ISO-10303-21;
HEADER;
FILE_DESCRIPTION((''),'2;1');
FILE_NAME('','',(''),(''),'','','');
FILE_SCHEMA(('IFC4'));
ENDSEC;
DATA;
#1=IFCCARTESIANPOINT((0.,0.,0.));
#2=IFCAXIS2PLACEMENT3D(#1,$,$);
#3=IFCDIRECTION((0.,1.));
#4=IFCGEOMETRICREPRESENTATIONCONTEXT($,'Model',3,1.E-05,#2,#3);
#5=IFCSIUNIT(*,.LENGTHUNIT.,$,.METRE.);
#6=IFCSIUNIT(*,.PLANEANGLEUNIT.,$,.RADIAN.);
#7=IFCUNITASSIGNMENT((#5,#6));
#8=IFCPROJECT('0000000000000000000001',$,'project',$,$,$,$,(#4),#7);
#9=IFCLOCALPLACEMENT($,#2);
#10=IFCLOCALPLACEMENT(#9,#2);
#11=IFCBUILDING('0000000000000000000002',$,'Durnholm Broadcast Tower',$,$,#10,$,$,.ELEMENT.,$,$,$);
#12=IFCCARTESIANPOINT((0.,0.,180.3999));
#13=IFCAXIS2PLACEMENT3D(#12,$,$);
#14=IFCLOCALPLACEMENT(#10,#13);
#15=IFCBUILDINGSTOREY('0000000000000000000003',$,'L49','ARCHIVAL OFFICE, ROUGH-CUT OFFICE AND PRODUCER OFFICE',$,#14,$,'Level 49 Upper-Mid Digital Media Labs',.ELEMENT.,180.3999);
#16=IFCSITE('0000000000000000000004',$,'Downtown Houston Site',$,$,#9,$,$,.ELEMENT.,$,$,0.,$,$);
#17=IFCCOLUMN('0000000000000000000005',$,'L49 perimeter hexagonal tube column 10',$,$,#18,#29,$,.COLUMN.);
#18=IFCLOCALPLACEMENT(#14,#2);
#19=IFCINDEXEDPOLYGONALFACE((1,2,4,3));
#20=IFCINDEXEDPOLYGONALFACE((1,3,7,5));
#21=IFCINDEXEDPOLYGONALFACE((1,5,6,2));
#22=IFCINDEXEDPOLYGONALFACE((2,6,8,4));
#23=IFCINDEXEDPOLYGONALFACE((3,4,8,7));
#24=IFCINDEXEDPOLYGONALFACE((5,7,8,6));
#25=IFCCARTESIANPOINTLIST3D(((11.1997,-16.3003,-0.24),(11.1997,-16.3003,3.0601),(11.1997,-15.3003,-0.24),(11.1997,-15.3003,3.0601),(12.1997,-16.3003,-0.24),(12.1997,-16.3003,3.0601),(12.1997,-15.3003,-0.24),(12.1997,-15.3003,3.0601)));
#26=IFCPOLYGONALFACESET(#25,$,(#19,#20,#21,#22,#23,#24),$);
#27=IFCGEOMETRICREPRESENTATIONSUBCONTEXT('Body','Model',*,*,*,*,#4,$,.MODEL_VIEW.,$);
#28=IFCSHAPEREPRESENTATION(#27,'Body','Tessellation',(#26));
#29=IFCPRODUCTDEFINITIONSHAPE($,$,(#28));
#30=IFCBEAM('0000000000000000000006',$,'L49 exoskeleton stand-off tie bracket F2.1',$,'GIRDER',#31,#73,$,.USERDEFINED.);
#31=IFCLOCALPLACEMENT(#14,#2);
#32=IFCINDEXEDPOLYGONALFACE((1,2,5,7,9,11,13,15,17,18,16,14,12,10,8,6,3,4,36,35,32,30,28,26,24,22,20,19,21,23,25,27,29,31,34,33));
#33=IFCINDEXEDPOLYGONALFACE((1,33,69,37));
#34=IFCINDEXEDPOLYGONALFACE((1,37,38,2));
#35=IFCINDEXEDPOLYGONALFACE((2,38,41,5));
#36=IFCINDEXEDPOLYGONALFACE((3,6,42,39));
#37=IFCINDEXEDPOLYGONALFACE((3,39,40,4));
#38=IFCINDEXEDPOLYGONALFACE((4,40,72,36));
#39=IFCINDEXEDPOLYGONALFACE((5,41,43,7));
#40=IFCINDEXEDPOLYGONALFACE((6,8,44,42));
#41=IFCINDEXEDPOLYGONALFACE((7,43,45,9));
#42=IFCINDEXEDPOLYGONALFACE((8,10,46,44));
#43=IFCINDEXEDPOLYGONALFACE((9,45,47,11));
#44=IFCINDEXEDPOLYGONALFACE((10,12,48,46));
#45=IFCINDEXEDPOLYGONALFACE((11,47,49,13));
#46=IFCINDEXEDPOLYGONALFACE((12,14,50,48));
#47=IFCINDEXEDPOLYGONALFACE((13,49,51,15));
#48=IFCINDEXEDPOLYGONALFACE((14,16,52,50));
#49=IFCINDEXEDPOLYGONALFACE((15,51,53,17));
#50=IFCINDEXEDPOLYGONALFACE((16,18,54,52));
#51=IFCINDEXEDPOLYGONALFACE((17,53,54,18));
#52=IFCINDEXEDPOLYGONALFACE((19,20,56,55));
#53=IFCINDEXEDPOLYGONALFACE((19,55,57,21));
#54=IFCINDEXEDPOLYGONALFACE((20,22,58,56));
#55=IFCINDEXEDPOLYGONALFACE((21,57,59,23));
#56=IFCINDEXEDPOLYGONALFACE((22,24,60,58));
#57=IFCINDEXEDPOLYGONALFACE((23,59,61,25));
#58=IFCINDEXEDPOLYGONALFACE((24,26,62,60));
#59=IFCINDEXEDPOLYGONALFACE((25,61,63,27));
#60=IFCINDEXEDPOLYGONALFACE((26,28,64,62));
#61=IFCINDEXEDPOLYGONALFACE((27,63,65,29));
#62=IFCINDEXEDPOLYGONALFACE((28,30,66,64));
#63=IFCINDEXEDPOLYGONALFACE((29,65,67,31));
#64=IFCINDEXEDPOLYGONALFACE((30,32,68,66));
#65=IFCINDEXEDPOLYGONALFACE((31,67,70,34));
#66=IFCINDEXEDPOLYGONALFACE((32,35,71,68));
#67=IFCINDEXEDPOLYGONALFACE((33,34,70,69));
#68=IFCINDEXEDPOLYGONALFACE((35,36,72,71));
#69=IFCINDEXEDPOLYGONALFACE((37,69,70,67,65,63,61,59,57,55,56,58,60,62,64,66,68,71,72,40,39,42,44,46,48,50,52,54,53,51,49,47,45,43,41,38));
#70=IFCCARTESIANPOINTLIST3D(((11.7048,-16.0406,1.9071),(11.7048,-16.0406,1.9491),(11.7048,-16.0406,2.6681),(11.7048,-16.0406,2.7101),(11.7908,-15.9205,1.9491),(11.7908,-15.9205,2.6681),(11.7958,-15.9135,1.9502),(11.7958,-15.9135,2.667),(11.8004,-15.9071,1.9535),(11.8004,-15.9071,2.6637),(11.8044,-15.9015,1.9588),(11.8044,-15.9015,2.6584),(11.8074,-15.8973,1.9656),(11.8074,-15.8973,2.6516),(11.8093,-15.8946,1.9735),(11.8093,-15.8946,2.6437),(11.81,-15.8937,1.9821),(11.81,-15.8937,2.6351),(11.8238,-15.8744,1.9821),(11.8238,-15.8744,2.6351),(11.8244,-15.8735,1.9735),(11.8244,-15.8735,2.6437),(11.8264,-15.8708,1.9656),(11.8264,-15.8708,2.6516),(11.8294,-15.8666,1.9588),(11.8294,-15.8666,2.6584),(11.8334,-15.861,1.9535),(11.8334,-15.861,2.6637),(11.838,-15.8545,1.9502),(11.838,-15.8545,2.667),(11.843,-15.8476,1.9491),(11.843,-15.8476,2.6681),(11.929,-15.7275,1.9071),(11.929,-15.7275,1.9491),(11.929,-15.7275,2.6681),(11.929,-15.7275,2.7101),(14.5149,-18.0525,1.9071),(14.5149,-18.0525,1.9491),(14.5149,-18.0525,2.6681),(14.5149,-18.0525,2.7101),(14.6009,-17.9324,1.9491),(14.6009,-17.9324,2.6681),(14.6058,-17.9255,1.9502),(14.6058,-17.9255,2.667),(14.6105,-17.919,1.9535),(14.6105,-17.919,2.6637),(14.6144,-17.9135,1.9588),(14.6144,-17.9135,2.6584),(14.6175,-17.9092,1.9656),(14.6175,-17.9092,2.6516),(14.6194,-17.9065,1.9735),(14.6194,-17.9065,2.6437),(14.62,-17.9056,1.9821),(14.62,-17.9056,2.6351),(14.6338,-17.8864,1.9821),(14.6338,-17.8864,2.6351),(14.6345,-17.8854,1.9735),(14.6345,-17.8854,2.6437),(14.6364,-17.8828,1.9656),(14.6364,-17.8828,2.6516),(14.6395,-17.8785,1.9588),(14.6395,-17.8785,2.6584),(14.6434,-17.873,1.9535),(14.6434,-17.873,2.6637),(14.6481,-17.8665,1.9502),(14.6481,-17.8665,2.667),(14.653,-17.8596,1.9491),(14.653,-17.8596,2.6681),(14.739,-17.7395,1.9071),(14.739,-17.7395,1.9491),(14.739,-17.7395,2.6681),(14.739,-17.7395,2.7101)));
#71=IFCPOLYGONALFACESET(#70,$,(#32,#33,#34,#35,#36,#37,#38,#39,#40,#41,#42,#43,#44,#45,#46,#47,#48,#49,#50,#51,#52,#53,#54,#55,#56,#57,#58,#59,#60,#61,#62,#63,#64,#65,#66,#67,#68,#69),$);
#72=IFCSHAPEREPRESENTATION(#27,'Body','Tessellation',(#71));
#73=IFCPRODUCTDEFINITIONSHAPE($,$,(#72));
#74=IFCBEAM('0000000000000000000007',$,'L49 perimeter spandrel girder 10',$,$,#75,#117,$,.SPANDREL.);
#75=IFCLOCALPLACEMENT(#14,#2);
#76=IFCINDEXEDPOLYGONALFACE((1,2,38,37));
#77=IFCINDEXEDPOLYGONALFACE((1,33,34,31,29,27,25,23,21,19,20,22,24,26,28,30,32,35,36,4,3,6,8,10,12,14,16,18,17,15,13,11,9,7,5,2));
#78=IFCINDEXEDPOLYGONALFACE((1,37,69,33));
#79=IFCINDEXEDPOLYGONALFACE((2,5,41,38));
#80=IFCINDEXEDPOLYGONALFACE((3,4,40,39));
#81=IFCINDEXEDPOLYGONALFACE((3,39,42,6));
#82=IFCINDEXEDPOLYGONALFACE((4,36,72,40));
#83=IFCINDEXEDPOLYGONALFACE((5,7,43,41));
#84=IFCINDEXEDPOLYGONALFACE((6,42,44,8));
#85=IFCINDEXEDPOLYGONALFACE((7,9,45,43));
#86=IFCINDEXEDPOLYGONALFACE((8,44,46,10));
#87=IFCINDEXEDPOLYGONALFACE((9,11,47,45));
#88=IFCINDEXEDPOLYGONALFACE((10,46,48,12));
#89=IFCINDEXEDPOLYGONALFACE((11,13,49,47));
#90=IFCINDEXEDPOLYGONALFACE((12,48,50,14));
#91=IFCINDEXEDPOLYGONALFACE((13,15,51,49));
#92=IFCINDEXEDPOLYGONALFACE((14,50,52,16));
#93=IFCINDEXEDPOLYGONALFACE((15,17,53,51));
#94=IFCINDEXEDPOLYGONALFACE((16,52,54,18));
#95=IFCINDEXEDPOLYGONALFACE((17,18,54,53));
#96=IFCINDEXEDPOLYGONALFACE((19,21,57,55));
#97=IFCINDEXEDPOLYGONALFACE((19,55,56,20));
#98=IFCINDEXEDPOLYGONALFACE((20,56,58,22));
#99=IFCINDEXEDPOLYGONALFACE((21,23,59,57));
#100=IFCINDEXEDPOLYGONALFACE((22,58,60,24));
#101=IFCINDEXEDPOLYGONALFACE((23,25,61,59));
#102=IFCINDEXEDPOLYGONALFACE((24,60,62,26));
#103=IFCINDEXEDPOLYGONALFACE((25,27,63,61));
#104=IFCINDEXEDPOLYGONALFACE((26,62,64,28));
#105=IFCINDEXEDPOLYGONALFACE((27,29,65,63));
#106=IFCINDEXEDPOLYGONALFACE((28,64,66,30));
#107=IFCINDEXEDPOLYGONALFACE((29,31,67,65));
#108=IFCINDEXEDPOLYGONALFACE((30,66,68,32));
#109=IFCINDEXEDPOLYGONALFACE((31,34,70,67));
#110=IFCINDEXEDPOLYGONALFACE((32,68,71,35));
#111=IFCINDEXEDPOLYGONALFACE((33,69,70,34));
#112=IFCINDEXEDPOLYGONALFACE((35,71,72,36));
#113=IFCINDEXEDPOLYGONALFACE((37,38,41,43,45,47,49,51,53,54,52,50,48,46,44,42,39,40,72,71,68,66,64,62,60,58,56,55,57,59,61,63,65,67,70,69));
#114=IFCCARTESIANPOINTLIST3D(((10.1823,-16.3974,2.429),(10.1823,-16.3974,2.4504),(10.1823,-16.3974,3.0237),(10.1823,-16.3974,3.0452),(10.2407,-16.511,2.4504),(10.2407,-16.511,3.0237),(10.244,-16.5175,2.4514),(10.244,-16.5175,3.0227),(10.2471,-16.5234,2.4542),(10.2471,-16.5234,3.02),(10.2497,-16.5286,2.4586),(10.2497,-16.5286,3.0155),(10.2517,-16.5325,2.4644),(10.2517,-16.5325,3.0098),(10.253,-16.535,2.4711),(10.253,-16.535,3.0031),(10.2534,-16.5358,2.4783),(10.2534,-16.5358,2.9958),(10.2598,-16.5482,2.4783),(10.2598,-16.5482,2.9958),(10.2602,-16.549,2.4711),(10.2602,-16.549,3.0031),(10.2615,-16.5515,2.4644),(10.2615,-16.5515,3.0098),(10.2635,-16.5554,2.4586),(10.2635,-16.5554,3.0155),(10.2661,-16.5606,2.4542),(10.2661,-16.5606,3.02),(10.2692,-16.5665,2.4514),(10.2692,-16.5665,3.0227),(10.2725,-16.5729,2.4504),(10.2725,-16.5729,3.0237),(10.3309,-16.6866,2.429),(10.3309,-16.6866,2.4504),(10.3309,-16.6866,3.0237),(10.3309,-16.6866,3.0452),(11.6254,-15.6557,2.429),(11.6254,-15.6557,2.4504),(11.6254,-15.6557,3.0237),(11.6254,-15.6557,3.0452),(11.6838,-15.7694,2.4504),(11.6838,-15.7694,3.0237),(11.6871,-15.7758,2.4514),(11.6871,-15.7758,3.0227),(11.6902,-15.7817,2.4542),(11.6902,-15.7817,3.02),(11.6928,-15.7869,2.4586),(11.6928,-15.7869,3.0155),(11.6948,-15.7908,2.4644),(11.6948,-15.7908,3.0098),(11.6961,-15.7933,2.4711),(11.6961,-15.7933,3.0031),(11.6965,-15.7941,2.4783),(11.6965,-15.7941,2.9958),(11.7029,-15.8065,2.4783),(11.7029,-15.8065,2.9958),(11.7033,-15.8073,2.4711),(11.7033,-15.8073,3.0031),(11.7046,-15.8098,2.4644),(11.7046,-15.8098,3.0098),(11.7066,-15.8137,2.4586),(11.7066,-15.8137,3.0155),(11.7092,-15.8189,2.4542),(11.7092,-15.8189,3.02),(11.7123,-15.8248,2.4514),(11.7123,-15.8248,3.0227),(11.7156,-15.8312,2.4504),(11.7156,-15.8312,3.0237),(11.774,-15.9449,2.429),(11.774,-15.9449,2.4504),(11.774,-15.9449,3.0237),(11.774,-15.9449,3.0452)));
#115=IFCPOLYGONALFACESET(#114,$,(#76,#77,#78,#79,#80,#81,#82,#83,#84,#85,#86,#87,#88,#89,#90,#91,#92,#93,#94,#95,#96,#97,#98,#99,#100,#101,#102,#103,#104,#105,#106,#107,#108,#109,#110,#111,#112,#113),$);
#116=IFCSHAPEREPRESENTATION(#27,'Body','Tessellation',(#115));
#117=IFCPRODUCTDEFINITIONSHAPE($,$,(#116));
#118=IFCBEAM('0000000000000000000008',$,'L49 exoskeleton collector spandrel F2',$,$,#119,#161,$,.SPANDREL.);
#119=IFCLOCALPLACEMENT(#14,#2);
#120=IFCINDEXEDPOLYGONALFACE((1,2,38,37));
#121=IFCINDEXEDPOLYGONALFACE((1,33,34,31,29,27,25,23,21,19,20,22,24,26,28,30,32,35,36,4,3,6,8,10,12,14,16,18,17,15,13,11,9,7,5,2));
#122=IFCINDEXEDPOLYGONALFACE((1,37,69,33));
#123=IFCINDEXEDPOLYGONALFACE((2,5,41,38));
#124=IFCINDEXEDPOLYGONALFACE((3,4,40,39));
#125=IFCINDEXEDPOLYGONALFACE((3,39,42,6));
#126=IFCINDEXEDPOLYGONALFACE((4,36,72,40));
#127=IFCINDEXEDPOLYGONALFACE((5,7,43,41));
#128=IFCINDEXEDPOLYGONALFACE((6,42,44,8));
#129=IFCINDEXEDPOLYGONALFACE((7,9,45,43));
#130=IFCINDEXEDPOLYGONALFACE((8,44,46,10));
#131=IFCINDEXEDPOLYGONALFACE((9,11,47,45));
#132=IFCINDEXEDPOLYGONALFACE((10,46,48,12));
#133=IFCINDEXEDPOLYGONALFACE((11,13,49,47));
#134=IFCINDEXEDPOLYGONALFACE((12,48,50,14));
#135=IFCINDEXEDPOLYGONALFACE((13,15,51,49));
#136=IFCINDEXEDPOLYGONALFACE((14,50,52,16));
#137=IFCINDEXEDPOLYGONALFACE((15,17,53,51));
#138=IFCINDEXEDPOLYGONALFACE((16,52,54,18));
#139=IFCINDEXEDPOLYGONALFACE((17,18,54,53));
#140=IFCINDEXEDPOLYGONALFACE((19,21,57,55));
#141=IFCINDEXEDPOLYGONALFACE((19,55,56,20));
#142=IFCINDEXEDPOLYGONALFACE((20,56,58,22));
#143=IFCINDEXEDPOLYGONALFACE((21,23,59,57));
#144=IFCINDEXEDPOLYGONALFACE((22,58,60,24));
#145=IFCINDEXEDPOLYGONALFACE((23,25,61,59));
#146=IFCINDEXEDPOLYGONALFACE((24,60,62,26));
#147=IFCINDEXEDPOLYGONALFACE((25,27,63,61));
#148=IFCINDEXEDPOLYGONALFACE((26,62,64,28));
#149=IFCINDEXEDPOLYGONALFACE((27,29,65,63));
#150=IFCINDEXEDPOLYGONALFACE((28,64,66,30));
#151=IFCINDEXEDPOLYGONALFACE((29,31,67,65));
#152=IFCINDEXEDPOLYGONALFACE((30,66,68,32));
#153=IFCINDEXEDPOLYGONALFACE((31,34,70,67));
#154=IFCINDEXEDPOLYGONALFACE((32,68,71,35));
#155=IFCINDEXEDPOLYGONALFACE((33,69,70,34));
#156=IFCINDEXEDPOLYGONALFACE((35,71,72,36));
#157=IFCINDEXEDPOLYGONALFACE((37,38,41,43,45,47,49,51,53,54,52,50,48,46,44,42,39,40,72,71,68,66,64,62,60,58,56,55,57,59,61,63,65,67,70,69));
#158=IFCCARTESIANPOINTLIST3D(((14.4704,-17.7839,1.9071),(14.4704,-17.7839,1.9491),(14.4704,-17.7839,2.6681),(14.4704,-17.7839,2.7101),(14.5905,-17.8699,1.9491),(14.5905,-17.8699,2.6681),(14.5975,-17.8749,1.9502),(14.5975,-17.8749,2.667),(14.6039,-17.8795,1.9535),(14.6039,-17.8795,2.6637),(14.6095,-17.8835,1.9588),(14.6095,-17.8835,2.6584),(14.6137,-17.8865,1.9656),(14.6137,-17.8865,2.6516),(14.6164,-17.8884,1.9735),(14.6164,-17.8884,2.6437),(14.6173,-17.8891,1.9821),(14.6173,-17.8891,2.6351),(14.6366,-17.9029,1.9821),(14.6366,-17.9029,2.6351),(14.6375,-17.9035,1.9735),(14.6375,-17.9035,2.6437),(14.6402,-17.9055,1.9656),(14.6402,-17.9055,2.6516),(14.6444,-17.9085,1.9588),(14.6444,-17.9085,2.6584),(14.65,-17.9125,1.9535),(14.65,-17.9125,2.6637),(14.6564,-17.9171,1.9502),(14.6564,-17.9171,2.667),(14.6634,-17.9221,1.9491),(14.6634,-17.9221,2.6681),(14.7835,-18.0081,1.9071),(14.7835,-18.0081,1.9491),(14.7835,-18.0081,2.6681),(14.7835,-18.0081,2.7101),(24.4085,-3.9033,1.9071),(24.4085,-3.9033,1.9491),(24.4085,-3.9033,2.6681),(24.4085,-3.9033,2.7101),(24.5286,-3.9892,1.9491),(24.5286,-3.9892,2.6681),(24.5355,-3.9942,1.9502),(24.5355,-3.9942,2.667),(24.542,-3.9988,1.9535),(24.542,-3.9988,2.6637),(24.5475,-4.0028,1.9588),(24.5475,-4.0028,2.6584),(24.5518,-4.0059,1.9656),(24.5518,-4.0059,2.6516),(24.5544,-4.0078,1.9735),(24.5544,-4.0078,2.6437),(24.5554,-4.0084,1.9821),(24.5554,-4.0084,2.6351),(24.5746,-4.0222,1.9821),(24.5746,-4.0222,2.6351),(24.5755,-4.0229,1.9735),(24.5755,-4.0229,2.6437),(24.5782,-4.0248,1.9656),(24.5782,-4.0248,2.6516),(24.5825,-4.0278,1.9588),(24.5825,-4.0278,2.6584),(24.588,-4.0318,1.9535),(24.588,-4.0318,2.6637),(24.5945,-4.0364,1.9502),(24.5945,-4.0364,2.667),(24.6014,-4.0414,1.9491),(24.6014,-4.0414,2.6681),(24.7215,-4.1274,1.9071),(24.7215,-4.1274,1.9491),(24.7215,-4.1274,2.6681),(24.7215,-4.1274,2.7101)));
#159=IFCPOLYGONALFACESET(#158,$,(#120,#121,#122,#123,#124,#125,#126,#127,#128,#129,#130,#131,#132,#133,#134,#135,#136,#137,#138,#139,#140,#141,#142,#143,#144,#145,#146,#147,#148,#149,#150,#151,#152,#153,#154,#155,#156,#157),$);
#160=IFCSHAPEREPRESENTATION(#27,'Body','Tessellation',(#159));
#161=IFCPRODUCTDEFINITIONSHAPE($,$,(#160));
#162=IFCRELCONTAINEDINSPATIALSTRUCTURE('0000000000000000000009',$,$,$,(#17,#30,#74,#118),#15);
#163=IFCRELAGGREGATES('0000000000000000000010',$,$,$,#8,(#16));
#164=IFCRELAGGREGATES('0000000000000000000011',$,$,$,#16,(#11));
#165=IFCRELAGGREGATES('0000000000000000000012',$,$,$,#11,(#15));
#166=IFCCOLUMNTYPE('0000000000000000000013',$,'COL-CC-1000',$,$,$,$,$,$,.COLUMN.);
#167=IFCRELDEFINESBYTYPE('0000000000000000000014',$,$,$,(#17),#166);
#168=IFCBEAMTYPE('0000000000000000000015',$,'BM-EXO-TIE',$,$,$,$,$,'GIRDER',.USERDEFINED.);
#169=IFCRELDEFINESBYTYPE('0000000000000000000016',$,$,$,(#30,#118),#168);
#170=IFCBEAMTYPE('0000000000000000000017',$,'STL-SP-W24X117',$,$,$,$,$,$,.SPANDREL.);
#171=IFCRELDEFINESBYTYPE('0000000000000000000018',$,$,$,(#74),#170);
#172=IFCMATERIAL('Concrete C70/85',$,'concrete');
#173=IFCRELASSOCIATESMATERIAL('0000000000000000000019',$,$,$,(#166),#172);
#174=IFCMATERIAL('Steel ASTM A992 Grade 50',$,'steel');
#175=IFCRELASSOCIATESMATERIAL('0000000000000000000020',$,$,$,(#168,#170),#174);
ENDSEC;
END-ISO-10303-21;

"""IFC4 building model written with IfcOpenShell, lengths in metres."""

from ifc_helpers import new_model, si_unit, direction, frame, origin, origin_2d, place, context, subcontext, project, spatial, rectangle, i_section, extrude, source, transform, mapped, material, material_profile, profile_set, type_object, type_shapes, element, save


model = new_model("IFC4")

# Units and contexts
model_context = context("Model", 3, precision=1e-05, world=origin(), true_north=direction((0.0, 1.0)))
body_context = subcontext(model_context, "Body", "Model", "MODEL_VIEW")
ifc_project = project(units=[si_unit("LENGTHUNIT", "METRE"), si_unit("PLANEANGLEUNIT", "RADIAN")], contexts=[model_context])

# Site, building, storey
site_placement = place(None, origin())
site = spatial("IfcSite", under=ifc_project, at=site_placement, Name="Downtown Houston Site", CompositionType="ELEMENT", RefElevation=0.0)
building_placement = place(site_placement, origin())
building = spatial("IfcBuilding", under=site, at=building_placement, Name="Durnholm Broadcast Tower", CompositionType="ELEMENT")
storey_placement = place(building_placement, frame((0.0, 0.0, 180.3999)))
storey = spatial("IfcBuildingStorey", under=building, at=storey_placement, Name="L49", Description="ARCHIVAL OFFICE, ROUGH-CUT OFFICE AND PRODUCER OFFICE", LongName="Level 49 Upper-Mid Digital Media Labs", CompositionType="ELEMENT", Elevation=180.3999)

# Column
ifc_material_1 = material(Name="Concrete C70/85", Category="concrete")
ifc_material_profile_1 = material_profile(ifc_material_1, rectangle(XDim=1.0, YDim=1.0, at=origin_2d()), Name="RC1000X1000")
ifc_profile_set_1 = profile_set([ifc_material_profile_1], Name="Concrete C70/85")
column_type = type_object("IfcColumnType", Name="COL-CC-1000", PredefinedType="COLUMN", material=ifc_profile_set_1)
shared_shape_1 = source(origin(), body_context, "Body", "SweptSolid", [
    extrude(rectangle(XDim=1.0, YDim=1.0, at=origin_2d()), origin(), (0.0, 0.0, 1.0), 3.3),
])
type_shapes(column_type, [shared_shape_1])
column_placement = place(storey_placement, frame((11.6997, -15.8003, -0.24), z_axis=(0.0, 0.0, 1.0), x_axis=(1.0, 0.0, 0.0)))
element("IfcColumn", 1, at=column_placement, inside=storey, type_object=column_type, Name="L49 perimeter hexagonal tube column 10", PredefinedType="COLUMN", context=body_context, shape_type="MappedRepresentation", body=[
    mapped(shared_shape_1, transform((0.0, 0.0, 0.0), x_axis=(1.0, 0.0, 0.0), y_axis=(0.0, 1.0, 0.0), z_axis=(0.0, 0.0, 1.0), scale=1.0)),
])

# Beams
ifc_material_2 = material(Name="Steel ASTM A992 Grade 50", Category="steel")
ifc_material_profile_2 = material_profile(ifc_material_2, i_section(OverallWidth=0.385, OverallDepth=0.803, WebThickness=0.0237, FlangeThickness=0.042, FilletRadius=0.033, at=origin_2d()), Name="W30X261")
ifc_profile_set_2 = profile_set([ifc_material_profile_2], Name="Steel ASTM A992 Grade 50")
beam_type_1 = type_object("IfcBeamType", Name="BM-EXO-TIE", ElementType="GIRDER", PredefinedType="USERDEFINED", material=ifc_profile_set_2)
shared_shape_2 = source(origin(), body_context, "Body", "SweptSolid", [
    extrude(i_section(OverallWidth=0.385, OverallDepth=0.803, WebThickness=0.0237, FlangeThickness=0.042, FilletRadius=0.033, at=origin_2d()), origin(), (0.0, 0.0, 1.0), 3.4561),
])
beam_1_placement = place(storey_placement, frame((11.8169, -15.884, 2.3086), z_axis=(0.813079, -0.582153, 0.0), x_axis=(0.582153, 0.813079, 0.0)))
element("IfcBeam", 2, at=beam_1_placement, inside=storey, type_object=beam_type_1, Name="L49 exoskeleton stand-off tie bracket F2.1", ObjectType="GIRDER", PredefinedType="USERDEFINED", context=body_context, shape_type="MappedRepresentation", body=[
    mapped(shared_shape_2, transform((0.0, 0.0, 0.0), x_axis=(1.0, 0.0, 0.0), y_axis=(0.0, 1.0, 0.0), z_axis=(0.0, 0.0, 1.0), scale=1.0)),
])
ifc_material_profile_3 = material_profile(ifc_material_2, i_section(OverallWidth=0.3252, OverallDepth=0.6162, WebThickness=0.0139, FlangeThickness=0.0215, FilletRadius=0.0278, at=origin_2d()), Name="W24X117")
ifc_profile_set_3 = profile_set([ifc_material_profile_3], Name="Steel ASTM A992 Grade 50")
beam_type_2 = type_object("IfcBeamType", Name="STL-SP-W24X117", PredefinedType="SPANDREL", material=ifc_profile_set_3)
shared_shape_3 = source(origin(), body_context, "Body", "SweptSolid", [
    extrude(i_section(OverallWidth=0.3252, OverallDepth=0.6162, WebThickness=0.0139, FlangeThickness=0.0215, FilletRadius=0.0278, at=origin_2d()), origin(), (0.0, 0.0, 1.0), 1.6226),
])
type_shapes(beam_type_2, [shared_shape_3])
beam_2_placement = place(storey_placement, frame((11.6997, -15.8003, 2.7371), z_axis=(-0.889407, -0.457117, 0.0), x_axis=(0.457117, -0.889407, 0.0)))
element("IfcBeam", 3, at=beam_2_placement, inside=storey, type_object=beam_type_2, Name="L49 perimeter spandrel girder 10", PredefinedType="SPANDREL", context=body_context, shape_type="MappedRepresentation", body=[
    mapped(shared_shape_3, transform((0.0, 0.0, 0.0), x_axis=(1.0, 0.0, 0.0), y_axis=(0.0, 1.0, 0.0), z_axis=(0.0, 0.0, 1.0), scale=1.0)),
])
shared_shape_4 = source(origin(), body_context, "Body", "SweptSolid", [
    extrude(i_section(OverallWidth=0.385, OverallDepth=0.803, WebThickness=0.0237, FlangeThickness=0.042, FilletRadius=0.033, at=origin_2d()), origin(), (0.0, 0.0, 1.0), 17.0715),
])
type_shapes(beam_type_1, [shared_shape_2, shared_shape_4])
beam_3_placement = place(storey_placement, frame((14.627, -17.896, 2.3086), z_axis=(0.58214, 0.813088, 0.0), x_axis=(-0.813088, 0.58214, 0.0)))
element("IfcBeam", 4, at=beam_3_placement, inside=storey, type_object=beam_type_1, Name="L49 exoskeleton collector spandrel F2", PredefinedType="SPANDREL", context=body_context, shape_type="MappedRepresentation", body=[
    mapped(shared_shape_4, transform((0.0, 0.0, 0.0), x_axis=(1.0, 0.0, 0.0), y_axis=(0.0, 1.0, 0.0), z_axis=(0.0, 0.0, 1.0), scale=1.0)),
])

save(model, "model.ifc")
